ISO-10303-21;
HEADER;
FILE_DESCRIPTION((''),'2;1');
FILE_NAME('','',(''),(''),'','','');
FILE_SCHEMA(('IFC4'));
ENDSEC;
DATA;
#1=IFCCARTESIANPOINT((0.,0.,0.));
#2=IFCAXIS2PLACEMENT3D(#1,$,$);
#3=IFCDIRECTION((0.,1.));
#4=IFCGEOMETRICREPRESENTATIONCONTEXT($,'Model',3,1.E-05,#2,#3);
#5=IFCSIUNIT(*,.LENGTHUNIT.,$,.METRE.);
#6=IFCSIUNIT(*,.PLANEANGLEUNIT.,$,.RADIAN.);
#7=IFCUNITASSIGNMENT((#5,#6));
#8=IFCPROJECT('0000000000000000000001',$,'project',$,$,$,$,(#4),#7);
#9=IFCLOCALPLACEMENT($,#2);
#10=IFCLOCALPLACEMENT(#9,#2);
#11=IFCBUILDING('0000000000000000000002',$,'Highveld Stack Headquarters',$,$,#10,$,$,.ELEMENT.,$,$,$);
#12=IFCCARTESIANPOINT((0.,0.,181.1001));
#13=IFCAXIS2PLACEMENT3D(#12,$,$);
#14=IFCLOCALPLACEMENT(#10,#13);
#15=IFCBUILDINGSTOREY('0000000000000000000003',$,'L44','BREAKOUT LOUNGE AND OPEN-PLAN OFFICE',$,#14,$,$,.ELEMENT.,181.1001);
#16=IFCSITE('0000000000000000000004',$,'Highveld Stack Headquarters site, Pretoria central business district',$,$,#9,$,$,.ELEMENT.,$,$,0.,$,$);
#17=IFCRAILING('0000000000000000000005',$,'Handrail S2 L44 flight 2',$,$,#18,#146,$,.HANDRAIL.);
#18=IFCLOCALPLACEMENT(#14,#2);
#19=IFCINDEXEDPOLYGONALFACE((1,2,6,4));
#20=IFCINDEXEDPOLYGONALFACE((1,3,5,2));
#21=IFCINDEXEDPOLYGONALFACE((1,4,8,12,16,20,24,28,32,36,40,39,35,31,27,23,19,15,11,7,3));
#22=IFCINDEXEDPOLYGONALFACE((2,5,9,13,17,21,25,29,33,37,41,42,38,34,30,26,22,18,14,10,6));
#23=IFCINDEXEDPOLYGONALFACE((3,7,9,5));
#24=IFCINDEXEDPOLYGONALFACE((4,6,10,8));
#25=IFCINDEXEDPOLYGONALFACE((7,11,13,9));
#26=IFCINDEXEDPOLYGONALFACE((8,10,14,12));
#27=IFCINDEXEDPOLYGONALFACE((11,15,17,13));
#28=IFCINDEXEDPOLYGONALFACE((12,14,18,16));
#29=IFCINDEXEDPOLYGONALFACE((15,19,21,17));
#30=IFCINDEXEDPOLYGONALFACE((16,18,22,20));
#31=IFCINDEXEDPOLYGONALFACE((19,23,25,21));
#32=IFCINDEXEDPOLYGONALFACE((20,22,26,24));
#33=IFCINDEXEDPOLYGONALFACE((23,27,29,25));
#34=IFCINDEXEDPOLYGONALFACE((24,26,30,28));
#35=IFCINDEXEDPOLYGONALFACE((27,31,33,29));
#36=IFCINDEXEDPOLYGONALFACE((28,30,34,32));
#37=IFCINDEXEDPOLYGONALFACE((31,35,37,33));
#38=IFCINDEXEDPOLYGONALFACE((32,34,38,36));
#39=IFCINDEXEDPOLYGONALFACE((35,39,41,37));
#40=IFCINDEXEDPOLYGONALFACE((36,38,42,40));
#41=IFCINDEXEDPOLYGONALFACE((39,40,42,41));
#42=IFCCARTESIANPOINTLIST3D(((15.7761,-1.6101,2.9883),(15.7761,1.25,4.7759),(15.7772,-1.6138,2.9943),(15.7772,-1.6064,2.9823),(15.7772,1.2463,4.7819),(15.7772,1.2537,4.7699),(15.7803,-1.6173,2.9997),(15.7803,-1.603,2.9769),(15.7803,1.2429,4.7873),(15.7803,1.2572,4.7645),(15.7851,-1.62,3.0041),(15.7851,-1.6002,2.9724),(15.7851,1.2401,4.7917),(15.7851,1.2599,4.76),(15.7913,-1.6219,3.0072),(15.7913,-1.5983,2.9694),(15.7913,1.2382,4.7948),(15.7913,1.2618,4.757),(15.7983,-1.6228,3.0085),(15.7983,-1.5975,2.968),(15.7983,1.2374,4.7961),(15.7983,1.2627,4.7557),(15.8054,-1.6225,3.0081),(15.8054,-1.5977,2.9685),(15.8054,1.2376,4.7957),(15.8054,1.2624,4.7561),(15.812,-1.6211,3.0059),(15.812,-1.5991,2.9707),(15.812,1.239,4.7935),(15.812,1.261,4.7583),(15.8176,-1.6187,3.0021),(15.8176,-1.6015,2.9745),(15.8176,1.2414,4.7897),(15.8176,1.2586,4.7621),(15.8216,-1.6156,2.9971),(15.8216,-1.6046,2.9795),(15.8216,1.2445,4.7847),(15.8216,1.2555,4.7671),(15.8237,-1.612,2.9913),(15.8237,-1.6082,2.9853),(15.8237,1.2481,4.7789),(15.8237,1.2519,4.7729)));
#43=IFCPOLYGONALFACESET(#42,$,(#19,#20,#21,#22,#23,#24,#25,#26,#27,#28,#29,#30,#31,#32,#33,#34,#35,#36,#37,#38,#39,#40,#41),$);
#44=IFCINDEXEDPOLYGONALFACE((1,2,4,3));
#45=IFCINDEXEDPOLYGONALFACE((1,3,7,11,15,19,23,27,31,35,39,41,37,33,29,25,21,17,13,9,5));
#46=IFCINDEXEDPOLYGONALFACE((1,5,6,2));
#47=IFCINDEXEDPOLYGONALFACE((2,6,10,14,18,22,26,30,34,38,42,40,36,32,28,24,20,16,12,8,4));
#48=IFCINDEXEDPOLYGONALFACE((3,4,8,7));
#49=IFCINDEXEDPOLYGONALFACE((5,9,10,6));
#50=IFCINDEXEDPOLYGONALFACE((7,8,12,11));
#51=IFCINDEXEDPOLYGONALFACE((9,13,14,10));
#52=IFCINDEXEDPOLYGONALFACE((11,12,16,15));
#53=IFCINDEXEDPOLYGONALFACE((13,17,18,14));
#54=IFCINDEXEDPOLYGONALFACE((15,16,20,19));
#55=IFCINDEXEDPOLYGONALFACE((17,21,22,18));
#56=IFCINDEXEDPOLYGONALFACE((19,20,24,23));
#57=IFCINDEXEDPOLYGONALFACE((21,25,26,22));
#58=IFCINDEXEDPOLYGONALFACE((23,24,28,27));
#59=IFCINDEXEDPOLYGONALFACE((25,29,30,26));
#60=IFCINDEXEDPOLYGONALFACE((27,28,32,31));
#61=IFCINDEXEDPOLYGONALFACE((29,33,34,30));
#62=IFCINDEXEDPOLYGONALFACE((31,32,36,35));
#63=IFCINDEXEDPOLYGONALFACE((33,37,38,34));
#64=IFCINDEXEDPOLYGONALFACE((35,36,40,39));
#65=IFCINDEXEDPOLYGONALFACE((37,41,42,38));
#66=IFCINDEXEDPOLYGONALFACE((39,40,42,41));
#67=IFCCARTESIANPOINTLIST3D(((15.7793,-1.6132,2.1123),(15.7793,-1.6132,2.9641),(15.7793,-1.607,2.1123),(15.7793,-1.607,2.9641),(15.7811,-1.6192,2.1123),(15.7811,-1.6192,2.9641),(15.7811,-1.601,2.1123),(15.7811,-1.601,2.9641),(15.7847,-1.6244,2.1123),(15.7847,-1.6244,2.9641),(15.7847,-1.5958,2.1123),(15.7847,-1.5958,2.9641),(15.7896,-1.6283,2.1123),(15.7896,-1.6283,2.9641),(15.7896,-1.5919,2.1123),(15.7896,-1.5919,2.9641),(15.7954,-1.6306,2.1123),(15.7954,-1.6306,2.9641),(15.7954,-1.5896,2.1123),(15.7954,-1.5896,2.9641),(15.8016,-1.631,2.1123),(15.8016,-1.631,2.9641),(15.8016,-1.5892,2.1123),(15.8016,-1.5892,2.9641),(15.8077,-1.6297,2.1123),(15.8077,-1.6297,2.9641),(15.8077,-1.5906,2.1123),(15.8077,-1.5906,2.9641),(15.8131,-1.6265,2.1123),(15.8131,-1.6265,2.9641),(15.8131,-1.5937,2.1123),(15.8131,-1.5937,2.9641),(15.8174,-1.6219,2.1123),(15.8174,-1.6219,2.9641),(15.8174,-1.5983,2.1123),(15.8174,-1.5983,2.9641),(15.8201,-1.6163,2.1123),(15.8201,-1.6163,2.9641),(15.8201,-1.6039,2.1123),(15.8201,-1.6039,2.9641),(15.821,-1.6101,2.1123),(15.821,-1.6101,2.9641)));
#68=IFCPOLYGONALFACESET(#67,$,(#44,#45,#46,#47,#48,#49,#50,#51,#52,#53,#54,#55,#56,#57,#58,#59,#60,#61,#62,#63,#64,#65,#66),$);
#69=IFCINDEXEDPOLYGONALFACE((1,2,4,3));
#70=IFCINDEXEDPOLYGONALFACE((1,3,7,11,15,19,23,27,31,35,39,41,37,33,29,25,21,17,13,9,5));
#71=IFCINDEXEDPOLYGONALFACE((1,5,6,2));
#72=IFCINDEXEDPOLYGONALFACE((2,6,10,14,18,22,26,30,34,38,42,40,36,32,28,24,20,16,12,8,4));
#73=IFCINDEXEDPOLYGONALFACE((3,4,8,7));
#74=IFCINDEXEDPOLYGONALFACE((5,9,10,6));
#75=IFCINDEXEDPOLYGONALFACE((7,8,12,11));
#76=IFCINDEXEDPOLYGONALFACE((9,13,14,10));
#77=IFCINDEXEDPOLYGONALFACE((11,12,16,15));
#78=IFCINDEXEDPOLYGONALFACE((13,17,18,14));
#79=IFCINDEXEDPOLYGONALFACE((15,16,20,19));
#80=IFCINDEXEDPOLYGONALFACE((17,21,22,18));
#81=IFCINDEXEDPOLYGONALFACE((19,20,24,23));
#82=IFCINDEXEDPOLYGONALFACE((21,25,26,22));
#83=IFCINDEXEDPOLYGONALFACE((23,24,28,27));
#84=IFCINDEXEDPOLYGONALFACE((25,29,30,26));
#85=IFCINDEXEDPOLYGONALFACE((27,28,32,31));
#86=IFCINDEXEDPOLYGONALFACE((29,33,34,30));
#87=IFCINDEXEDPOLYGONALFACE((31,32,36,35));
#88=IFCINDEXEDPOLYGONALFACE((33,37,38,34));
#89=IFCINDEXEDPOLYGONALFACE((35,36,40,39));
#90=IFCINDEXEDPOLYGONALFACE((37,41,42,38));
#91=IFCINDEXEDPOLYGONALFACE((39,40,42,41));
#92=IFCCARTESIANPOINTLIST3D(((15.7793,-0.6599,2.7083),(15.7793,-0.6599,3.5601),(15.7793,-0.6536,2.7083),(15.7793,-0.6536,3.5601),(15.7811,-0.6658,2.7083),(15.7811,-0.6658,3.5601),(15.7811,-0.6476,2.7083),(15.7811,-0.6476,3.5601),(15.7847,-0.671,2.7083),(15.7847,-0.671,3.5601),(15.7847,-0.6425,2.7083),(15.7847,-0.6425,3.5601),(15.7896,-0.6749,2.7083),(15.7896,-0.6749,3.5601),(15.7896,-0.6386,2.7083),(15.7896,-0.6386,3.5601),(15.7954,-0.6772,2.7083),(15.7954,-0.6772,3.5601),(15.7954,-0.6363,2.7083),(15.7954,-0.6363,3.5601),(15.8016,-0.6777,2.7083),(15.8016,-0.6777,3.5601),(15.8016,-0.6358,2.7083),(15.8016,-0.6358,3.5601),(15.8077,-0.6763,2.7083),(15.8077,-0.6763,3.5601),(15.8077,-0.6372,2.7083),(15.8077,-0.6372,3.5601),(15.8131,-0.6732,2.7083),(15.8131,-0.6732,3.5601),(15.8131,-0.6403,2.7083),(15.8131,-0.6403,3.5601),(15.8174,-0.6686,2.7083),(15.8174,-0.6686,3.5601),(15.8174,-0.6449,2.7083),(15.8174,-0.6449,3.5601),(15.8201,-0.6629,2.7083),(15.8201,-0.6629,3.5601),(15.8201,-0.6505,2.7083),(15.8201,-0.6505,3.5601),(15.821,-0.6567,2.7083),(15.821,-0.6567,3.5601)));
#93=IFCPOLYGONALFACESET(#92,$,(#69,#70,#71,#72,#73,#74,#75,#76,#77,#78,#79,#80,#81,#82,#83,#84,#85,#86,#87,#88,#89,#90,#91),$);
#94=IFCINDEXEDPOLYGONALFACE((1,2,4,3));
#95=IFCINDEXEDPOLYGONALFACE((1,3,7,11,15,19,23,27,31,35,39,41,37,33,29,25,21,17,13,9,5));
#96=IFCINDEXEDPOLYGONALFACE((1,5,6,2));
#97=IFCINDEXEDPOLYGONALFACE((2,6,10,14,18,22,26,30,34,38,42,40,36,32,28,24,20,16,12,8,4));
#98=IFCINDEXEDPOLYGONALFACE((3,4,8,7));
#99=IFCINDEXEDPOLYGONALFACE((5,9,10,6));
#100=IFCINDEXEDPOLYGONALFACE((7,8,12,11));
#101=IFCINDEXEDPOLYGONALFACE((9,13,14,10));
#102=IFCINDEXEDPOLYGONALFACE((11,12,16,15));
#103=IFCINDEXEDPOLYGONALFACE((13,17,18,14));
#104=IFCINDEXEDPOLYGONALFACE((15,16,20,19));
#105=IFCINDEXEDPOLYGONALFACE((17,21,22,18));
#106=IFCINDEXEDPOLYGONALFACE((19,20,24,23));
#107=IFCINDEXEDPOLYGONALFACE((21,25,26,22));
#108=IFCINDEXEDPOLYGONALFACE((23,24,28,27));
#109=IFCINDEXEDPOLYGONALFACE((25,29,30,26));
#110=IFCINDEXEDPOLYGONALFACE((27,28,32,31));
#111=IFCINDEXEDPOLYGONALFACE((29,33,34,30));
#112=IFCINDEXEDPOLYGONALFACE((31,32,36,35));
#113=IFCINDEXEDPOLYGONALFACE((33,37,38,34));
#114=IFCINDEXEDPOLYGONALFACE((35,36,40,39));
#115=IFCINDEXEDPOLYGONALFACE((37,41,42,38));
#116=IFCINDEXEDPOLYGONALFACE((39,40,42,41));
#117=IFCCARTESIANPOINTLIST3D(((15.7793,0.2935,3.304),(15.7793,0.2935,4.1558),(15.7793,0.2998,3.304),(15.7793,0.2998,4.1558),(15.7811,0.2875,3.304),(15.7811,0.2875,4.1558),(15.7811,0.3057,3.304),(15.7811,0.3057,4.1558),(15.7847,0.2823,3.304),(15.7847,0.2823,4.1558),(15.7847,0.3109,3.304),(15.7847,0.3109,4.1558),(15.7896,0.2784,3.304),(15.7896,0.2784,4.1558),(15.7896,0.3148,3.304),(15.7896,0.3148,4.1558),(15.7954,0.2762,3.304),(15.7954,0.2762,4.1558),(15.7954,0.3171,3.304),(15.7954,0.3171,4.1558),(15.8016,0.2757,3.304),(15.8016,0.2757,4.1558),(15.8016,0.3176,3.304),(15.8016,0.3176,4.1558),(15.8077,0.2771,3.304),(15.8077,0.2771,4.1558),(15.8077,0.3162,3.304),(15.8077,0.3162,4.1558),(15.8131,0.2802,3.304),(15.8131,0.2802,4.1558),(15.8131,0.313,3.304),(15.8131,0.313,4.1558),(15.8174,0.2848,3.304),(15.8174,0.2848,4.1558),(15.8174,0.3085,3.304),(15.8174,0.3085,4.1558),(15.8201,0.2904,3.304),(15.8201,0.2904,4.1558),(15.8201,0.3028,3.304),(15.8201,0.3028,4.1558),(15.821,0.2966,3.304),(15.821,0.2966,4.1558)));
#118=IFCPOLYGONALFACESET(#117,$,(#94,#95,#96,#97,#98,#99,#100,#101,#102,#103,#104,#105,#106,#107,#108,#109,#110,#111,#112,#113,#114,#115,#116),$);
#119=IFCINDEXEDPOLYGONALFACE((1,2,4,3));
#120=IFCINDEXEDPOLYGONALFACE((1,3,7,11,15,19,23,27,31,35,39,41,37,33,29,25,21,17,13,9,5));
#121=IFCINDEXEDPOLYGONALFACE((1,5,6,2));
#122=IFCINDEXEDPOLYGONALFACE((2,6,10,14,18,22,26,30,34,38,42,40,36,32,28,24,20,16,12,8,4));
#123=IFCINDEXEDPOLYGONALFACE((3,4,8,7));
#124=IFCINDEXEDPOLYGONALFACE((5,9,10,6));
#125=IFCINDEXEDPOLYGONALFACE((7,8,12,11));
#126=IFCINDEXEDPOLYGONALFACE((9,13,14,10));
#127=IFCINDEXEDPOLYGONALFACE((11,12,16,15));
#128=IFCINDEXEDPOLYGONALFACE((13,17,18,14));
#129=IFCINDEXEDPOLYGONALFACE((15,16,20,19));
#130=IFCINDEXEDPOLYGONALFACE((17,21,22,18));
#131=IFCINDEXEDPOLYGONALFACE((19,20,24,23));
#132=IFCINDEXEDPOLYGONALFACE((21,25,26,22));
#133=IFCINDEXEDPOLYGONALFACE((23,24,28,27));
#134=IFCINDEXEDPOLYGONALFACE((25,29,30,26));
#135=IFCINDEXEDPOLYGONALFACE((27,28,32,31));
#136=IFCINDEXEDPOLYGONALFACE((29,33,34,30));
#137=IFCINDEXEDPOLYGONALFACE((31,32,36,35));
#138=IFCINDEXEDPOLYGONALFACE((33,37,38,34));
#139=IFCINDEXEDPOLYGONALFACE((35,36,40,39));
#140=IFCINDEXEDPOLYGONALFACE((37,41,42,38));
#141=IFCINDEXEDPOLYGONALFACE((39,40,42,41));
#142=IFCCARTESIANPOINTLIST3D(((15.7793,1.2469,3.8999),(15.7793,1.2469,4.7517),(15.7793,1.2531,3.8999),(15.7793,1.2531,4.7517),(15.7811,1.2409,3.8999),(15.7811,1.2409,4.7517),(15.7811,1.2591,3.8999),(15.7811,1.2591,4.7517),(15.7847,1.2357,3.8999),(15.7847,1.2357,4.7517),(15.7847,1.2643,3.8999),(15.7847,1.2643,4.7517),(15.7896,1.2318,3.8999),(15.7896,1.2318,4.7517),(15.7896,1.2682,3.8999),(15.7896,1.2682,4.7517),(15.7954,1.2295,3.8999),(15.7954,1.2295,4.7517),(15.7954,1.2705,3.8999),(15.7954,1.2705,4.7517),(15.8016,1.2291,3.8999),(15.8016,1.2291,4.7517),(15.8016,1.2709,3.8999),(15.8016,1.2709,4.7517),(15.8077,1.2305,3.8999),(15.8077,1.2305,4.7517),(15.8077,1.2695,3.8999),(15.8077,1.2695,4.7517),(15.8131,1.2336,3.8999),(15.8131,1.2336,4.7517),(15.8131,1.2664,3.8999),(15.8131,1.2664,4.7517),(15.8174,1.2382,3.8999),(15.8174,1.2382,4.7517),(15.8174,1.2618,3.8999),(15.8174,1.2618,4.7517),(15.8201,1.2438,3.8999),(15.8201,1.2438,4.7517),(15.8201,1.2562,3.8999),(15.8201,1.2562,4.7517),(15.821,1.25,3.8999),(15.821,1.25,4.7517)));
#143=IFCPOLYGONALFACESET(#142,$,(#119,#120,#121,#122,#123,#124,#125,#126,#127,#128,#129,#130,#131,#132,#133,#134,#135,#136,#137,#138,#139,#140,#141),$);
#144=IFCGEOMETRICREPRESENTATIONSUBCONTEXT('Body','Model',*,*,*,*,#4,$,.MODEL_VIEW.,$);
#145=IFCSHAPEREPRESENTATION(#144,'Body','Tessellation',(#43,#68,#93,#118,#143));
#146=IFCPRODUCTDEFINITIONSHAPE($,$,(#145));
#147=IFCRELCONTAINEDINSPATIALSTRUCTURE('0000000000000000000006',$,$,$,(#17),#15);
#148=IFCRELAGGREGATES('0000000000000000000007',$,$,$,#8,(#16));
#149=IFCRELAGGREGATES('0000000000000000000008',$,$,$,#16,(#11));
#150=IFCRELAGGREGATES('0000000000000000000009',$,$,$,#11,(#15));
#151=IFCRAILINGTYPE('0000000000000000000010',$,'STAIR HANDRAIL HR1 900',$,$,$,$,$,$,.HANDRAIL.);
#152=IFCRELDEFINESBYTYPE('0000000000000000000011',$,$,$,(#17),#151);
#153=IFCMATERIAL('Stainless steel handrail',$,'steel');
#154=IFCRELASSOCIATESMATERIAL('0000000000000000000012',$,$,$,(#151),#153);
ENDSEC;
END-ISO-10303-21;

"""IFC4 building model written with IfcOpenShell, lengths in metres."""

from ifc_helpers import new_model, si_unit, direction, frame, origin, origin_2d, place, context, subcontext, project, spatial, circle, extrude, material, type_object, element, save


model = new_model("IFC4")

# Units and contexts
model_context = context("Model", 3, precision=1e-05, world=origin(), true_north=direction((0.0, 1.0)))
body_context = subcontext(model_context, "Body", "Model", "MODEL_VIEW")
ifc_project = project(units=[si_unit("LENGTHUNIT", "METRE"), si_unit("PLANEANGLEUNIT", "RADIAN")], contexts=[model_context])

# Site, building, storey
site_placement = place(None, origin())
site = spatial("IfcSite", under=ifc_project, at=site_placement, Name="Highveld Stack Headquarters site, Pretoria central business district", CompositionType="ELEMENT", RefElevation=0.0)
building_placement = place(site_placement, origin())
building = spatial("IfcBuilding", under=site, at=building_placement, Name="Highveld Stack Headquarters", CompositionType="ELEMENT")
storey_placement = place(building_placement, frame((0.0, 0.0, 181.1001)))
storey = spatial("IfcBuildingStorey", under=building, at=storey_placement, Name="L44", Description="BREAKOUT LOUNGE AND OPEN-PLAN OFFICE", CompositionType="ELEMENT", Elevation=181.1001)

# Railing
ifc_material_1 = material(Name="Stainless steel handrail", Category="steel")
railing_type = type_object("IfcRailingType", Name="STAIR HANDRAIL HR1 900", PredefinedType="HANDRAIL", material=ifc_material_1)
for number, where, name in (
    (1, (15.8, -1.6101, 2.1123), "Handrail S2 L44 flight 2"),
):
    element("IfcRailing", number, at=place(storey_placement, frame(where)), inside=storey, type_object=railing_type, Name=name, PredefinedType="HANDRAIL", context=body_context, shape_type="SweptSolid", body=[
        extrude(circle(Radius=0.0239, at=origin_2d()), frame((0.0, 0.0, 0.876), z_axis=(0.0, 0.847994, 0.530005), x_axis=(-1.0, 0.0, 0.0)), (0.0, 0.0, 1.0), 3.3728),
        extrude(circle(Radius=0.021, at=origin_2d()), origin(), (0.0, 0.0, 1.0), 0.8518),
        extrude(circle(Radius=0.021, at=origin_2d()), frame((0.0, 0.9534, 0.5959)), (0.0, 0.0, 1.0), 0.8518),
        extrude(circle(Radius=0.021, at=origin_2d()), frame((0.0, 1.9067, 1.1917)), (0.0, 0.0, 1.0), 0.8518),
        extrude(circle(Radius=0.021, at=origin_2d()), frame((0.0, 2.8601, 1.7876)), (0.0, 0.0, 1.0), 0.8518),
    ])

save(model, "model.ifc")
